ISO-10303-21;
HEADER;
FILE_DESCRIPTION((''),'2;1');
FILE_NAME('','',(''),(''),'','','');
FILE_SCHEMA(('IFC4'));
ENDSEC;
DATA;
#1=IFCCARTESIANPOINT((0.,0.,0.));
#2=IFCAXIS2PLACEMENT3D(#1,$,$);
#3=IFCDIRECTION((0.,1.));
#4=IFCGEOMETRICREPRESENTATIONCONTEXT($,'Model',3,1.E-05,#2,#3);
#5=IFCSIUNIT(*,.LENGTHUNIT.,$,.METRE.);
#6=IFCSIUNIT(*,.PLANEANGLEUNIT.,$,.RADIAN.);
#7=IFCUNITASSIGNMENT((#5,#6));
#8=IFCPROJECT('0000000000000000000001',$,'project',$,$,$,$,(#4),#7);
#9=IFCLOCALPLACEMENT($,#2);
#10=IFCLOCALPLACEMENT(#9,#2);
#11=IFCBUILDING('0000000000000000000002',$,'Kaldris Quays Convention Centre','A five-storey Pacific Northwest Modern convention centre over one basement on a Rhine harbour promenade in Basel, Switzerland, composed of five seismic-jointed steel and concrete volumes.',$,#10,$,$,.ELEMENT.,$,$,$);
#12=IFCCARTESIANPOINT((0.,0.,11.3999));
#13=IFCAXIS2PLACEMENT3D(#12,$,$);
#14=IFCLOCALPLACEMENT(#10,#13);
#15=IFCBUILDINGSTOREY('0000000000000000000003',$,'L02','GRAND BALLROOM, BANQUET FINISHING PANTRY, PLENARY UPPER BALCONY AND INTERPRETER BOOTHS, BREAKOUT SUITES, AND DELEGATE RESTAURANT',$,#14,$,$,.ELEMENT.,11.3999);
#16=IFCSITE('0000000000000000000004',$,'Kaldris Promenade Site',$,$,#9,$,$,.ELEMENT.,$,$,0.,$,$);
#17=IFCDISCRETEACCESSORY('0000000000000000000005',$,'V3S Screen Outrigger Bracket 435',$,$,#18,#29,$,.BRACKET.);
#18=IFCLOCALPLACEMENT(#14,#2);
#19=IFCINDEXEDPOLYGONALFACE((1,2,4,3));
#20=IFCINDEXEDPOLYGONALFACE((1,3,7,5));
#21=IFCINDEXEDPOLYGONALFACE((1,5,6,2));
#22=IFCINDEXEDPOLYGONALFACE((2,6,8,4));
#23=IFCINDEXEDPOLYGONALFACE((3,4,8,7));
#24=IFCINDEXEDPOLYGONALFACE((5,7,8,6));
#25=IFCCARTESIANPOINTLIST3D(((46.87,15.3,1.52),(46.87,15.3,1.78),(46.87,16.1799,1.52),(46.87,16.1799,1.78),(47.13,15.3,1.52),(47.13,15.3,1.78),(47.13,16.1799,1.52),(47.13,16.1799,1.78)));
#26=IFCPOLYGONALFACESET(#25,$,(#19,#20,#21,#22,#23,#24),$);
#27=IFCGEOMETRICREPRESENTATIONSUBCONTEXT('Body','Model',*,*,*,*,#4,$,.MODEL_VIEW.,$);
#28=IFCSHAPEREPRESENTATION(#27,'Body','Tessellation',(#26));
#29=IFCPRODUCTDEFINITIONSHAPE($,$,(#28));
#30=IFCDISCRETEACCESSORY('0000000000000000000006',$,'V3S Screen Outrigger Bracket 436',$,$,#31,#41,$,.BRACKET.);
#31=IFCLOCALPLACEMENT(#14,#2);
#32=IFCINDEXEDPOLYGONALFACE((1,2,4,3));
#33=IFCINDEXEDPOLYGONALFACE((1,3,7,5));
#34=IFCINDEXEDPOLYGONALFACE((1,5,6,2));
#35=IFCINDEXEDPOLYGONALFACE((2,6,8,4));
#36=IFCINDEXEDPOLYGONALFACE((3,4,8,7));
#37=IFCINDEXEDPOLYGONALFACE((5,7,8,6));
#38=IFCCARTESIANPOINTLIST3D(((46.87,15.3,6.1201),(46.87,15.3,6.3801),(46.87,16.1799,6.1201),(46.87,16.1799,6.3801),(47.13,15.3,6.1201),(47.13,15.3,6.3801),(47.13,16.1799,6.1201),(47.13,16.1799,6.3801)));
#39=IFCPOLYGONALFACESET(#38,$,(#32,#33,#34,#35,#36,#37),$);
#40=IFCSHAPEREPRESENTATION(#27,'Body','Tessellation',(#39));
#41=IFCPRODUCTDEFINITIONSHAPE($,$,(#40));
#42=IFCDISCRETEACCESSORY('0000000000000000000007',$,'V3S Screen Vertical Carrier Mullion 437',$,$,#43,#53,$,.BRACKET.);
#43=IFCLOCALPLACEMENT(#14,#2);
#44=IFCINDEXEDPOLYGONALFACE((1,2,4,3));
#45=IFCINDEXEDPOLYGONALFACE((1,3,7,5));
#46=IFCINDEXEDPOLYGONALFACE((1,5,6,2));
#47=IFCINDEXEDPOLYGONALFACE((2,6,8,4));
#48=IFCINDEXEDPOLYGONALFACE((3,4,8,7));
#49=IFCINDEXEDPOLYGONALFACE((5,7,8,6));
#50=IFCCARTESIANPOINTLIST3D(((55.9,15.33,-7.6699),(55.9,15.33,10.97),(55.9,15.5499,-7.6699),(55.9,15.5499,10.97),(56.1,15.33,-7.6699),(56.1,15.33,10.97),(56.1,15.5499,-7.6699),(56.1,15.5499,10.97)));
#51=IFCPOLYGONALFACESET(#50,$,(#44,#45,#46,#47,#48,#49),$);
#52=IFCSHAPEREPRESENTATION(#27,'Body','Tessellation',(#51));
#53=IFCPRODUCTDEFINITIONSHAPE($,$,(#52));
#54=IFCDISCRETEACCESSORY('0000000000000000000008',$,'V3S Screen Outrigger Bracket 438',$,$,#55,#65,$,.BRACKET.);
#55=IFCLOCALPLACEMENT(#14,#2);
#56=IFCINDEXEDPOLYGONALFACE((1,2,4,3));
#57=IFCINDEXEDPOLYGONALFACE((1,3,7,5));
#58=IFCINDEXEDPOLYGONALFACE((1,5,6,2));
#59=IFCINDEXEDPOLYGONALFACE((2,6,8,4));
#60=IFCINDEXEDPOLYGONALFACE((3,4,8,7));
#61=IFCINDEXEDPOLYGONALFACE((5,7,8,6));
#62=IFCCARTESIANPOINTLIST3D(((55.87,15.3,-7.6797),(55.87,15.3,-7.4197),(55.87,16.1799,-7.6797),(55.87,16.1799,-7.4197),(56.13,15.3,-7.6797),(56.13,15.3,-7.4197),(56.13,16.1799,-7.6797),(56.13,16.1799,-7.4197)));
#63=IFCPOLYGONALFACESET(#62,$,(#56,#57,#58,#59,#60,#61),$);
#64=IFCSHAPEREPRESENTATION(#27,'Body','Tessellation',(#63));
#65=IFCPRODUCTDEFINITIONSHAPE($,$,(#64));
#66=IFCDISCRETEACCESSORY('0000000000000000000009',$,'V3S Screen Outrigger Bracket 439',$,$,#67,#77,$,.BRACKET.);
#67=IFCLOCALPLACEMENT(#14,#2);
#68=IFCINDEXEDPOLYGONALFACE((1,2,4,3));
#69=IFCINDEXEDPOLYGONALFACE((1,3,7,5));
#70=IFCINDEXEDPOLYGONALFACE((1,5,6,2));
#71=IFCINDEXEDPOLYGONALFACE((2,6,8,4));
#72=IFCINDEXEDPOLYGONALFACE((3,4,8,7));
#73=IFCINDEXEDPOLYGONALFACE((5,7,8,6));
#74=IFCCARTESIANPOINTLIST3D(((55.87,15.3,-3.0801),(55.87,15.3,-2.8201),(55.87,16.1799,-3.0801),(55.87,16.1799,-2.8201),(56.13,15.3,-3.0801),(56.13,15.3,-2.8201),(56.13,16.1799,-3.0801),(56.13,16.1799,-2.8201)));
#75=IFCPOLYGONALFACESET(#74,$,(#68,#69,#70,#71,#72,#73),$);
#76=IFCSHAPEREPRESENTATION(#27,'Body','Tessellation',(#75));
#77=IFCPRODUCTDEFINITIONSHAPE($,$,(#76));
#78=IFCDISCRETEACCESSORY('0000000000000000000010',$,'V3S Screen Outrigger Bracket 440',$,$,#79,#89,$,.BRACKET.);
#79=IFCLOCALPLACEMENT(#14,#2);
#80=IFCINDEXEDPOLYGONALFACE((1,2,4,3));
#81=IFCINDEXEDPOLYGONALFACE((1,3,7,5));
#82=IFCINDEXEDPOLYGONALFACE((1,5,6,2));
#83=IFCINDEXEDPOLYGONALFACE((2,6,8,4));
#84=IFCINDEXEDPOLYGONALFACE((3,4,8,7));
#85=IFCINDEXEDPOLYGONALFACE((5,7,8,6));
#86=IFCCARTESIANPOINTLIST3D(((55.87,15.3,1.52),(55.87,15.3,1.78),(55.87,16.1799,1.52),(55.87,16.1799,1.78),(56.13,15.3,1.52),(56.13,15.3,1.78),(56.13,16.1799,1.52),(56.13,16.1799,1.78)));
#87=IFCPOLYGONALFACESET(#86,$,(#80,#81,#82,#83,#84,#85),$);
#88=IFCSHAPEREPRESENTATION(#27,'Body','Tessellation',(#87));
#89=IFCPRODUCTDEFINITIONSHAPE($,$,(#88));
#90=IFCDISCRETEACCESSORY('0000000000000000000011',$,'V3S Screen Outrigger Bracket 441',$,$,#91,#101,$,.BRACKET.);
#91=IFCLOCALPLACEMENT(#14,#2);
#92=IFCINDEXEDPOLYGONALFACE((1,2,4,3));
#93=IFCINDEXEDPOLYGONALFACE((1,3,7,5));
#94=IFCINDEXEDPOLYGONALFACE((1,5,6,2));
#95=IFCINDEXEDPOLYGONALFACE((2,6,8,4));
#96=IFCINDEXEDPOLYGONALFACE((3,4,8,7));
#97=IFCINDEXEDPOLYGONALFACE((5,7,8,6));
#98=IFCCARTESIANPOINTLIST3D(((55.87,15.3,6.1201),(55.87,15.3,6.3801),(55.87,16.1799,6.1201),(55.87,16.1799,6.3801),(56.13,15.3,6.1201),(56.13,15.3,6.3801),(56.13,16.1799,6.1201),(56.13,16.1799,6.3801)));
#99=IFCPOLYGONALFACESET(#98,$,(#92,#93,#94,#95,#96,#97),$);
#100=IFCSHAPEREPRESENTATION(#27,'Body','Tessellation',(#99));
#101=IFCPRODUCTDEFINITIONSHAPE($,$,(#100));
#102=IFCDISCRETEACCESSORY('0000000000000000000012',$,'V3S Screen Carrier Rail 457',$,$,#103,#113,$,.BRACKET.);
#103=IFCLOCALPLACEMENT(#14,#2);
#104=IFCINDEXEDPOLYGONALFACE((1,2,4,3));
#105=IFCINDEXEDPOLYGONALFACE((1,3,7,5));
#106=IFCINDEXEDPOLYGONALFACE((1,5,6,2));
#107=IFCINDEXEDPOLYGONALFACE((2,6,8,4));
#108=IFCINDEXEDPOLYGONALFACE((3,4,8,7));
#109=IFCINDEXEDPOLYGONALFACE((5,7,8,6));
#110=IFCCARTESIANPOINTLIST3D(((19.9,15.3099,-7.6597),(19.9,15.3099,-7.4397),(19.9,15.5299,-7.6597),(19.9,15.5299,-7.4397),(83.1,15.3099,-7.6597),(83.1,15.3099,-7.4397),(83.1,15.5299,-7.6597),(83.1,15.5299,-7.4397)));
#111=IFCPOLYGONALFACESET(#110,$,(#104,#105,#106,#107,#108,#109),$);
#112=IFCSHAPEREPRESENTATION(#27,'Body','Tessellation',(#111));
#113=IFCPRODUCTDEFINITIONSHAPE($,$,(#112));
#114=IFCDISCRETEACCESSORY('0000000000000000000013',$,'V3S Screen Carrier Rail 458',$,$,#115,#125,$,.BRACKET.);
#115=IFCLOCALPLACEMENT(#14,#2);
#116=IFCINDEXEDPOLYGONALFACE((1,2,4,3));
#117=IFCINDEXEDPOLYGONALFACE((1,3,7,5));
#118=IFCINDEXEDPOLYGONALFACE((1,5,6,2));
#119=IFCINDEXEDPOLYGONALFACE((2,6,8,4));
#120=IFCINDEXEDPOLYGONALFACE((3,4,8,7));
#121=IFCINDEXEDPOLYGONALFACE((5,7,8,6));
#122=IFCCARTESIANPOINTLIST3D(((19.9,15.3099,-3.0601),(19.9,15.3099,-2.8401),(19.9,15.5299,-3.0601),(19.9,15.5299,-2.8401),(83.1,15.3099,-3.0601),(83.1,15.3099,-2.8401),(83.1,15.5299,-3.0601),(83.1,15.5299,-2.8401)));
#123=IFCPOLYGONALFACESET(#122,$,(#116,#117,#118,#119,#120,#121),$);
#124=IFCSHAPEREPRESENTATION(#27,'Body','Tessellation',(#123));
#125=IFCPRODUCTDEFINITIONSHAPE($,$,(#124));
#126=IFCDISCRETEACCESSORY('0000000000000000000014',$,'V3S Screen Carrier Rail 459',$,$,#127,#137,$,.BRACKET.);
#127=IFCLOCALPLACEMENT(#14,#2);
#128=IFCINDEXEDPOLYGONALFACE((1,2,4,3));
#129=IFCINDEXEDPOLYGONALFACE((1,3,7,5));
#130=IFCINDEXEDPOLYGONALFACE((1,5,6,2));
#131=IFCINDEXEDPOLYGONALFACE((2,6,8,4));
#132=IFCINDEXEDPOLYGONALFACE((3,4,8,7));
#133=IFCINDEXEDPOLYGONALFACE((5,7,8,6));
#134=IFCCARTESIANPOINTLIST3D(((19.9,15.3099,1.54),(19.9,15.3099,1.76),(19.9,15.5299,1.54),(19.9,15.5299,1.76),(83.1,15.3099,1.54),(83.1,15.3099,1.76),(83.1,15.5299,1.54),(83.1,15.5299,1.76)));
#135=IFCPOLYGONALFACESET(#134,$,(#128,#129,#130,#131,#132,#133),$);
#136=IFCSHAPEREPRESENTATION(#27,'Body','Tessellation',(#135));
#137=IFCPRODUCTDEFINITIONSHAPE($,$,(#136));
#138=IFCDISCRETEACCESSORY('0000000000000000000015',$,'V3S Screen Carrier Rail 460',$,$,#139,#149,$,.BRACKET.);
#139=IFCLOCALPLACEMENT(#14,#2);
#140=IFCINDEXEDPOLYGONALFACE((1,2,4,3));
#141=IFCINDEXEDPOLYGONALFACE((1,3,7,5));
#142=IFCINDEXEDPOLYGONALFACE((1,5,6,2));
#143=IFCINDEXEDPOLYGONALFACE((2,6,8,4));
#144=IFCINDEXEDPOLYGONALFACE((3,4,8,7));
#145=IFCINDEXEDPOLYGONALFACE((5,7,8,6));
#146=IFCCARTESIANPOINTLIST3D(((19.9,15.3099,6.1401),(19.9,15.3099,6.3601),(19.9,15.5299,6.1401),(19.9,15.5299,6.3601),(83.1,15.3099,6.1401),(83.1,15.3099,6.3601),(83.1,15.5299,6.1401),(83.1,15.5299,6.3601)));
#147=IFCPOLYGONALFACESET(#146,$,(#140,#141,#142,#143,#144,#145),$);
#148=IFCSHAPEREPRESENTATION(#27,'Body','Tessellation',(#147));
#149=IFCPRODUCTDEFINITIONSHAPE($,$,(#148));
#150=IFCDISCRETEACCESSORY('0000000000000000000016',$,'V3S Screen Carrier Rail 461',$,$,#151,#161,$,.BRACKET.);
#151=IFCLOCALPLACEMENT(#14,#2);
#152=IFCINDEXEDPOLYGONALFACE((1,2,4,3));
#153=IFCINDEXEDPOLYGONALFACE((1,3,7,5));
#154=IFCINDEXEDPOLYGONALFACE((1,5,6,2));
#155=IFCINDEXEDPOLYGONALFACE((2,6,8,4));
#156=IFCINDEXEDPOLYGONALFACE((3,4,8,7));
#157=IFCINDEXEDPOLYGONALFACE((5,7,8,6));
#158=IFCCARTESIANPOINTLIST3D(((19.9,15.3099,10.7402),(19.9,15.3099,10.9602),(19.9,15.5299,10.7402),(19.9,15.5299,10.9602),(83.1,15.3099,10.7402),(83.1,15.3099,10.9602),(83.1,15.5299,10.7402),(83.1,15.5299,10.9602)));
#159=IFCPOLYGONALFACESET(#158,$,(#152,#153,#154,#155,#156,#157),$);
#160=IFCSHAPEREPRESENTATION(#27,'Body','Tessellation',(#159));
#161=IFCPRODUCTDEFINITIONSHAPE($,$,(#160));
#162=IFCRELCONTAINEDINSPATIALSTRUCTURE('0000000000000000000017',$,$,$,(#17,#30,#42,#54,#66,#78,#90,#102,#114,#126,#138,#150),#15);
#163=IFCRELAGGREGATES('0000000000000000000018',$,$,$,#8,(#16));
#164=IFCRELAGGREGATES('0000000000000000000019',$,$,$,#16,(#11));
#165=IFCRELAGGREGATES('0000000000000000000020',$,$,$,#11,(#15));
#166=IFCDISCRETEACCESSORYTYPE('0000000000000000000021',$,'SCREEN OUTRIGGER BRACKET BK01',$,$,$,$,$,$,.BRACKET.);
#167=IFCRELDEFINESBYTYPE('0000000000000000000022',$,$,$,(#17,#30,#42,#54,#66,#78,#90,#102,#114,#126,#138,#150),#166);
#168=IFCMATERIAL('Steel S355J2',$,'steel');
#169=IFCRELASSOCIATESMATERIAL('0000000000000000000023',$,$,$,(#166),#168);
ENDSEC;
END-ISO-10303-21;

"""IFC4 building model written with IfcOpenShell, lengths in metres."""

from ifc_helpers import new_model, si_unit, direction, frame, origin, origin_2d, place, context, subcontext, project, spatial, rectangle, extrude, material, type_object, element, save


model = new_model("IFC4")

# Units and contexts
model_context = context("Model", 3, precision=1e-05, world=origin(), true_north=direction((0.0, 1.0)))
body_context = subcontext(model_context, "Body", "Model", "MODEL_VIEW")
ifc_project = project(units=[si_unit("LENGTHUNIT", "METRE"), si_unit("PLANEANGLEUNIT", "RADIAN")], contexts=[model_context])

# Site, building, storey
site_placement = place(None, origin())
site = spatial("IfcSite", under=ifc_project, at=site_placement, Name="Kaldris Promenade Site", CompositionType="ELEMENT", RefElevation=0.0)
building_placement = place(site_placement, origin())
building = spatial("IfcBuilding", under=site, at=building_placement, Name="Kaldris Quays Convention Centre", Description="A five-storey Pacific Northwest Modern convention centre over one basement on a Rhine harbour promenade in Basel, Switzerland, composed of five seismic-jointed steel and concrete volumes.", CompositionType="ELEMENT")
storey_placement = place(building_placement, frame((0.0, 0.0, 11.3999)))
storey = spatial("IfcBuildingStorey", under=building, at=storey_placement, Name="L02", Description="GRAND BALLROOM, BANQUET FINISHING PANTRY, PLENARY UPPER BALCONY AND INTERPRETER BOOTHS, BREAKOUT SUITES, AND DELEGATE RESTAURANT", CompositionType="ELEMENT", Elevation=11.3999)

# Shared definitions
ifc_material_1 = material(Name="Steel S355J2", Category="steel")

# Discrete accessories
discrete_accessory_type = type_object("IfcDiscreteAccessoryType", Name="SCREEN OUTRIGGER BRACKET BK01", PredefinedType="BRACKET", material=ifc_material_1)
for number, where, z_axis, x_axis, name in (
    (1, (47.0, 15.74, 1.52), (0.0, 0.0, 1.0), (1.0, 0.0, 0.0), "V3S Screen Outrigger Bracket 435"),
    (2, (47.0, 15.74, 6.1201), (0.0, 0.0, 1.0), (1.0, 0.0, 0.0), "V3S Screen Outrigger Bracket 436"),
):
    element("IfcDiscreteAccessory", number, at=place(storey_placement, frame(where, z_axis=z_axis, x_axis=x_axis)), inside=storey, type_object=discrete_accessory_type, Name=name, PredefinedType="BRACKET", context=body_context, shape_type="SweptSolid", body=[
        extrude(rectangle(XDim=0.26, YDim=0.8799, at=origin_2d()), origin(), (0.0, 0.0, 1.0), 0.26),
    ])
discrete_accessory_1_placement = place(storey_placement, frame((56.0, 15.4399, -7.6699), z_axis=(0.0, 0.0, 1.0), x_axis=(1.0, 0.0, 0.0)))
element("IfcDiscreteAccessory", 3, at=discrete_accessory_1_placement, inside=storey, type_object=discrete_accessory_type, Name="V3S Screen Vertical Carrier Mullion 437", PredefinedType="BRACKET", context=body_context, shape_type="SweptSolid", body=[
    extrude(rectangle(XDim=0.2, YDim=0.22, at=origin_2d()), origin(), (0.0, 0.0, 1.0), 18.6399),
])
for number, where, z_axis, x_axis, name in (
    (4, (56.0, 15.74, -7.6797), (0.0, 0.0, 1.0), (1.0, 0.0, 0.0), "V3S Screen Outrigger Bracket 438"),
    (5, (56.0, 15.74, -3.0801), (0.0, 0.0, 1.0), (1.0, 0.0, 0.0), "V3S Screen Outrigger Bracket 439"),
    (6, (56.0, 15.74, 1.52), (0.0, 0.0, 1.0), (1.0, 0.0, 0.0), "V3S Screen Outrigger Bracket 440"),
    (7, (56.0, 15.74, 6.1201), (0.0, 0.0, 1.0), (1.0, 0.0, 0.0), "V3S Screen Outrigger Bracket 441"),
):
    element("IfcDiscreteAccessory", number, at=place(storey_placement, frame(where, z_axis=z_axis, x_axis=x_axis)), inside=storey, type_object=discrete_accessory_type, Name=name, PredefinedType="BRACKET", context=body_context, shape_type="SweptSolid", body=[
        extrude(rectangle(XDim=0.26, YDim=0.8799, at=origin_2d()), origin(), (0.0, 0.0, 1.0), 0.26),
    ])
for number, where, z_axis, x_axis, name in (
    (8, (51.5, 15.4199, -7.6597), (0.0, 0.0, 1.0), (1.0, 0.0, 0.0), "V3S Screen Carrier Rail 457"),
    (9, (51.5, 15.4199, -3.0601), (0.0, 0.0, 1.0), (1.0, 0.0, 0.0), "V3S Screen Carrier Rail 458"),
    (10, (51.5, 15.4199, 1.54), (0.0, 0.0, 1.0), (1.0, 0.0, 0.0), "V3S Screen Carrier Rail 459"),
    (11, (51.5, 15.4199, 6.1401), (0.0, 0.0, 1.0), (1.0, 0.0, 0.0), "V3S Screen Carrier Rail 460"),
    (12, (51.5, 15.4199, 10.7402), (0.0, 0.0, 1.0), (1.0, 0.0, 0.0), "V3S Screen Carrier Rail 461"),
):
    element("IfcDiscreteAccessory", number, at=place(storey_placement, frame(where, z_axis=z_axis, x_axis=x_axis)), inside=storey, type_object=discrete_accessory_type, Name=name, PredefinedType="BRACKET", context=body_context, shape_type="SweptSolid", body=[
        extrude(rectangle(XDim=63.2, YDim=0.22, at=origin_2d()), origin(), (0.0, 0.0, 1.0), 0.22),
    ])

save(model, "model.ifc")
